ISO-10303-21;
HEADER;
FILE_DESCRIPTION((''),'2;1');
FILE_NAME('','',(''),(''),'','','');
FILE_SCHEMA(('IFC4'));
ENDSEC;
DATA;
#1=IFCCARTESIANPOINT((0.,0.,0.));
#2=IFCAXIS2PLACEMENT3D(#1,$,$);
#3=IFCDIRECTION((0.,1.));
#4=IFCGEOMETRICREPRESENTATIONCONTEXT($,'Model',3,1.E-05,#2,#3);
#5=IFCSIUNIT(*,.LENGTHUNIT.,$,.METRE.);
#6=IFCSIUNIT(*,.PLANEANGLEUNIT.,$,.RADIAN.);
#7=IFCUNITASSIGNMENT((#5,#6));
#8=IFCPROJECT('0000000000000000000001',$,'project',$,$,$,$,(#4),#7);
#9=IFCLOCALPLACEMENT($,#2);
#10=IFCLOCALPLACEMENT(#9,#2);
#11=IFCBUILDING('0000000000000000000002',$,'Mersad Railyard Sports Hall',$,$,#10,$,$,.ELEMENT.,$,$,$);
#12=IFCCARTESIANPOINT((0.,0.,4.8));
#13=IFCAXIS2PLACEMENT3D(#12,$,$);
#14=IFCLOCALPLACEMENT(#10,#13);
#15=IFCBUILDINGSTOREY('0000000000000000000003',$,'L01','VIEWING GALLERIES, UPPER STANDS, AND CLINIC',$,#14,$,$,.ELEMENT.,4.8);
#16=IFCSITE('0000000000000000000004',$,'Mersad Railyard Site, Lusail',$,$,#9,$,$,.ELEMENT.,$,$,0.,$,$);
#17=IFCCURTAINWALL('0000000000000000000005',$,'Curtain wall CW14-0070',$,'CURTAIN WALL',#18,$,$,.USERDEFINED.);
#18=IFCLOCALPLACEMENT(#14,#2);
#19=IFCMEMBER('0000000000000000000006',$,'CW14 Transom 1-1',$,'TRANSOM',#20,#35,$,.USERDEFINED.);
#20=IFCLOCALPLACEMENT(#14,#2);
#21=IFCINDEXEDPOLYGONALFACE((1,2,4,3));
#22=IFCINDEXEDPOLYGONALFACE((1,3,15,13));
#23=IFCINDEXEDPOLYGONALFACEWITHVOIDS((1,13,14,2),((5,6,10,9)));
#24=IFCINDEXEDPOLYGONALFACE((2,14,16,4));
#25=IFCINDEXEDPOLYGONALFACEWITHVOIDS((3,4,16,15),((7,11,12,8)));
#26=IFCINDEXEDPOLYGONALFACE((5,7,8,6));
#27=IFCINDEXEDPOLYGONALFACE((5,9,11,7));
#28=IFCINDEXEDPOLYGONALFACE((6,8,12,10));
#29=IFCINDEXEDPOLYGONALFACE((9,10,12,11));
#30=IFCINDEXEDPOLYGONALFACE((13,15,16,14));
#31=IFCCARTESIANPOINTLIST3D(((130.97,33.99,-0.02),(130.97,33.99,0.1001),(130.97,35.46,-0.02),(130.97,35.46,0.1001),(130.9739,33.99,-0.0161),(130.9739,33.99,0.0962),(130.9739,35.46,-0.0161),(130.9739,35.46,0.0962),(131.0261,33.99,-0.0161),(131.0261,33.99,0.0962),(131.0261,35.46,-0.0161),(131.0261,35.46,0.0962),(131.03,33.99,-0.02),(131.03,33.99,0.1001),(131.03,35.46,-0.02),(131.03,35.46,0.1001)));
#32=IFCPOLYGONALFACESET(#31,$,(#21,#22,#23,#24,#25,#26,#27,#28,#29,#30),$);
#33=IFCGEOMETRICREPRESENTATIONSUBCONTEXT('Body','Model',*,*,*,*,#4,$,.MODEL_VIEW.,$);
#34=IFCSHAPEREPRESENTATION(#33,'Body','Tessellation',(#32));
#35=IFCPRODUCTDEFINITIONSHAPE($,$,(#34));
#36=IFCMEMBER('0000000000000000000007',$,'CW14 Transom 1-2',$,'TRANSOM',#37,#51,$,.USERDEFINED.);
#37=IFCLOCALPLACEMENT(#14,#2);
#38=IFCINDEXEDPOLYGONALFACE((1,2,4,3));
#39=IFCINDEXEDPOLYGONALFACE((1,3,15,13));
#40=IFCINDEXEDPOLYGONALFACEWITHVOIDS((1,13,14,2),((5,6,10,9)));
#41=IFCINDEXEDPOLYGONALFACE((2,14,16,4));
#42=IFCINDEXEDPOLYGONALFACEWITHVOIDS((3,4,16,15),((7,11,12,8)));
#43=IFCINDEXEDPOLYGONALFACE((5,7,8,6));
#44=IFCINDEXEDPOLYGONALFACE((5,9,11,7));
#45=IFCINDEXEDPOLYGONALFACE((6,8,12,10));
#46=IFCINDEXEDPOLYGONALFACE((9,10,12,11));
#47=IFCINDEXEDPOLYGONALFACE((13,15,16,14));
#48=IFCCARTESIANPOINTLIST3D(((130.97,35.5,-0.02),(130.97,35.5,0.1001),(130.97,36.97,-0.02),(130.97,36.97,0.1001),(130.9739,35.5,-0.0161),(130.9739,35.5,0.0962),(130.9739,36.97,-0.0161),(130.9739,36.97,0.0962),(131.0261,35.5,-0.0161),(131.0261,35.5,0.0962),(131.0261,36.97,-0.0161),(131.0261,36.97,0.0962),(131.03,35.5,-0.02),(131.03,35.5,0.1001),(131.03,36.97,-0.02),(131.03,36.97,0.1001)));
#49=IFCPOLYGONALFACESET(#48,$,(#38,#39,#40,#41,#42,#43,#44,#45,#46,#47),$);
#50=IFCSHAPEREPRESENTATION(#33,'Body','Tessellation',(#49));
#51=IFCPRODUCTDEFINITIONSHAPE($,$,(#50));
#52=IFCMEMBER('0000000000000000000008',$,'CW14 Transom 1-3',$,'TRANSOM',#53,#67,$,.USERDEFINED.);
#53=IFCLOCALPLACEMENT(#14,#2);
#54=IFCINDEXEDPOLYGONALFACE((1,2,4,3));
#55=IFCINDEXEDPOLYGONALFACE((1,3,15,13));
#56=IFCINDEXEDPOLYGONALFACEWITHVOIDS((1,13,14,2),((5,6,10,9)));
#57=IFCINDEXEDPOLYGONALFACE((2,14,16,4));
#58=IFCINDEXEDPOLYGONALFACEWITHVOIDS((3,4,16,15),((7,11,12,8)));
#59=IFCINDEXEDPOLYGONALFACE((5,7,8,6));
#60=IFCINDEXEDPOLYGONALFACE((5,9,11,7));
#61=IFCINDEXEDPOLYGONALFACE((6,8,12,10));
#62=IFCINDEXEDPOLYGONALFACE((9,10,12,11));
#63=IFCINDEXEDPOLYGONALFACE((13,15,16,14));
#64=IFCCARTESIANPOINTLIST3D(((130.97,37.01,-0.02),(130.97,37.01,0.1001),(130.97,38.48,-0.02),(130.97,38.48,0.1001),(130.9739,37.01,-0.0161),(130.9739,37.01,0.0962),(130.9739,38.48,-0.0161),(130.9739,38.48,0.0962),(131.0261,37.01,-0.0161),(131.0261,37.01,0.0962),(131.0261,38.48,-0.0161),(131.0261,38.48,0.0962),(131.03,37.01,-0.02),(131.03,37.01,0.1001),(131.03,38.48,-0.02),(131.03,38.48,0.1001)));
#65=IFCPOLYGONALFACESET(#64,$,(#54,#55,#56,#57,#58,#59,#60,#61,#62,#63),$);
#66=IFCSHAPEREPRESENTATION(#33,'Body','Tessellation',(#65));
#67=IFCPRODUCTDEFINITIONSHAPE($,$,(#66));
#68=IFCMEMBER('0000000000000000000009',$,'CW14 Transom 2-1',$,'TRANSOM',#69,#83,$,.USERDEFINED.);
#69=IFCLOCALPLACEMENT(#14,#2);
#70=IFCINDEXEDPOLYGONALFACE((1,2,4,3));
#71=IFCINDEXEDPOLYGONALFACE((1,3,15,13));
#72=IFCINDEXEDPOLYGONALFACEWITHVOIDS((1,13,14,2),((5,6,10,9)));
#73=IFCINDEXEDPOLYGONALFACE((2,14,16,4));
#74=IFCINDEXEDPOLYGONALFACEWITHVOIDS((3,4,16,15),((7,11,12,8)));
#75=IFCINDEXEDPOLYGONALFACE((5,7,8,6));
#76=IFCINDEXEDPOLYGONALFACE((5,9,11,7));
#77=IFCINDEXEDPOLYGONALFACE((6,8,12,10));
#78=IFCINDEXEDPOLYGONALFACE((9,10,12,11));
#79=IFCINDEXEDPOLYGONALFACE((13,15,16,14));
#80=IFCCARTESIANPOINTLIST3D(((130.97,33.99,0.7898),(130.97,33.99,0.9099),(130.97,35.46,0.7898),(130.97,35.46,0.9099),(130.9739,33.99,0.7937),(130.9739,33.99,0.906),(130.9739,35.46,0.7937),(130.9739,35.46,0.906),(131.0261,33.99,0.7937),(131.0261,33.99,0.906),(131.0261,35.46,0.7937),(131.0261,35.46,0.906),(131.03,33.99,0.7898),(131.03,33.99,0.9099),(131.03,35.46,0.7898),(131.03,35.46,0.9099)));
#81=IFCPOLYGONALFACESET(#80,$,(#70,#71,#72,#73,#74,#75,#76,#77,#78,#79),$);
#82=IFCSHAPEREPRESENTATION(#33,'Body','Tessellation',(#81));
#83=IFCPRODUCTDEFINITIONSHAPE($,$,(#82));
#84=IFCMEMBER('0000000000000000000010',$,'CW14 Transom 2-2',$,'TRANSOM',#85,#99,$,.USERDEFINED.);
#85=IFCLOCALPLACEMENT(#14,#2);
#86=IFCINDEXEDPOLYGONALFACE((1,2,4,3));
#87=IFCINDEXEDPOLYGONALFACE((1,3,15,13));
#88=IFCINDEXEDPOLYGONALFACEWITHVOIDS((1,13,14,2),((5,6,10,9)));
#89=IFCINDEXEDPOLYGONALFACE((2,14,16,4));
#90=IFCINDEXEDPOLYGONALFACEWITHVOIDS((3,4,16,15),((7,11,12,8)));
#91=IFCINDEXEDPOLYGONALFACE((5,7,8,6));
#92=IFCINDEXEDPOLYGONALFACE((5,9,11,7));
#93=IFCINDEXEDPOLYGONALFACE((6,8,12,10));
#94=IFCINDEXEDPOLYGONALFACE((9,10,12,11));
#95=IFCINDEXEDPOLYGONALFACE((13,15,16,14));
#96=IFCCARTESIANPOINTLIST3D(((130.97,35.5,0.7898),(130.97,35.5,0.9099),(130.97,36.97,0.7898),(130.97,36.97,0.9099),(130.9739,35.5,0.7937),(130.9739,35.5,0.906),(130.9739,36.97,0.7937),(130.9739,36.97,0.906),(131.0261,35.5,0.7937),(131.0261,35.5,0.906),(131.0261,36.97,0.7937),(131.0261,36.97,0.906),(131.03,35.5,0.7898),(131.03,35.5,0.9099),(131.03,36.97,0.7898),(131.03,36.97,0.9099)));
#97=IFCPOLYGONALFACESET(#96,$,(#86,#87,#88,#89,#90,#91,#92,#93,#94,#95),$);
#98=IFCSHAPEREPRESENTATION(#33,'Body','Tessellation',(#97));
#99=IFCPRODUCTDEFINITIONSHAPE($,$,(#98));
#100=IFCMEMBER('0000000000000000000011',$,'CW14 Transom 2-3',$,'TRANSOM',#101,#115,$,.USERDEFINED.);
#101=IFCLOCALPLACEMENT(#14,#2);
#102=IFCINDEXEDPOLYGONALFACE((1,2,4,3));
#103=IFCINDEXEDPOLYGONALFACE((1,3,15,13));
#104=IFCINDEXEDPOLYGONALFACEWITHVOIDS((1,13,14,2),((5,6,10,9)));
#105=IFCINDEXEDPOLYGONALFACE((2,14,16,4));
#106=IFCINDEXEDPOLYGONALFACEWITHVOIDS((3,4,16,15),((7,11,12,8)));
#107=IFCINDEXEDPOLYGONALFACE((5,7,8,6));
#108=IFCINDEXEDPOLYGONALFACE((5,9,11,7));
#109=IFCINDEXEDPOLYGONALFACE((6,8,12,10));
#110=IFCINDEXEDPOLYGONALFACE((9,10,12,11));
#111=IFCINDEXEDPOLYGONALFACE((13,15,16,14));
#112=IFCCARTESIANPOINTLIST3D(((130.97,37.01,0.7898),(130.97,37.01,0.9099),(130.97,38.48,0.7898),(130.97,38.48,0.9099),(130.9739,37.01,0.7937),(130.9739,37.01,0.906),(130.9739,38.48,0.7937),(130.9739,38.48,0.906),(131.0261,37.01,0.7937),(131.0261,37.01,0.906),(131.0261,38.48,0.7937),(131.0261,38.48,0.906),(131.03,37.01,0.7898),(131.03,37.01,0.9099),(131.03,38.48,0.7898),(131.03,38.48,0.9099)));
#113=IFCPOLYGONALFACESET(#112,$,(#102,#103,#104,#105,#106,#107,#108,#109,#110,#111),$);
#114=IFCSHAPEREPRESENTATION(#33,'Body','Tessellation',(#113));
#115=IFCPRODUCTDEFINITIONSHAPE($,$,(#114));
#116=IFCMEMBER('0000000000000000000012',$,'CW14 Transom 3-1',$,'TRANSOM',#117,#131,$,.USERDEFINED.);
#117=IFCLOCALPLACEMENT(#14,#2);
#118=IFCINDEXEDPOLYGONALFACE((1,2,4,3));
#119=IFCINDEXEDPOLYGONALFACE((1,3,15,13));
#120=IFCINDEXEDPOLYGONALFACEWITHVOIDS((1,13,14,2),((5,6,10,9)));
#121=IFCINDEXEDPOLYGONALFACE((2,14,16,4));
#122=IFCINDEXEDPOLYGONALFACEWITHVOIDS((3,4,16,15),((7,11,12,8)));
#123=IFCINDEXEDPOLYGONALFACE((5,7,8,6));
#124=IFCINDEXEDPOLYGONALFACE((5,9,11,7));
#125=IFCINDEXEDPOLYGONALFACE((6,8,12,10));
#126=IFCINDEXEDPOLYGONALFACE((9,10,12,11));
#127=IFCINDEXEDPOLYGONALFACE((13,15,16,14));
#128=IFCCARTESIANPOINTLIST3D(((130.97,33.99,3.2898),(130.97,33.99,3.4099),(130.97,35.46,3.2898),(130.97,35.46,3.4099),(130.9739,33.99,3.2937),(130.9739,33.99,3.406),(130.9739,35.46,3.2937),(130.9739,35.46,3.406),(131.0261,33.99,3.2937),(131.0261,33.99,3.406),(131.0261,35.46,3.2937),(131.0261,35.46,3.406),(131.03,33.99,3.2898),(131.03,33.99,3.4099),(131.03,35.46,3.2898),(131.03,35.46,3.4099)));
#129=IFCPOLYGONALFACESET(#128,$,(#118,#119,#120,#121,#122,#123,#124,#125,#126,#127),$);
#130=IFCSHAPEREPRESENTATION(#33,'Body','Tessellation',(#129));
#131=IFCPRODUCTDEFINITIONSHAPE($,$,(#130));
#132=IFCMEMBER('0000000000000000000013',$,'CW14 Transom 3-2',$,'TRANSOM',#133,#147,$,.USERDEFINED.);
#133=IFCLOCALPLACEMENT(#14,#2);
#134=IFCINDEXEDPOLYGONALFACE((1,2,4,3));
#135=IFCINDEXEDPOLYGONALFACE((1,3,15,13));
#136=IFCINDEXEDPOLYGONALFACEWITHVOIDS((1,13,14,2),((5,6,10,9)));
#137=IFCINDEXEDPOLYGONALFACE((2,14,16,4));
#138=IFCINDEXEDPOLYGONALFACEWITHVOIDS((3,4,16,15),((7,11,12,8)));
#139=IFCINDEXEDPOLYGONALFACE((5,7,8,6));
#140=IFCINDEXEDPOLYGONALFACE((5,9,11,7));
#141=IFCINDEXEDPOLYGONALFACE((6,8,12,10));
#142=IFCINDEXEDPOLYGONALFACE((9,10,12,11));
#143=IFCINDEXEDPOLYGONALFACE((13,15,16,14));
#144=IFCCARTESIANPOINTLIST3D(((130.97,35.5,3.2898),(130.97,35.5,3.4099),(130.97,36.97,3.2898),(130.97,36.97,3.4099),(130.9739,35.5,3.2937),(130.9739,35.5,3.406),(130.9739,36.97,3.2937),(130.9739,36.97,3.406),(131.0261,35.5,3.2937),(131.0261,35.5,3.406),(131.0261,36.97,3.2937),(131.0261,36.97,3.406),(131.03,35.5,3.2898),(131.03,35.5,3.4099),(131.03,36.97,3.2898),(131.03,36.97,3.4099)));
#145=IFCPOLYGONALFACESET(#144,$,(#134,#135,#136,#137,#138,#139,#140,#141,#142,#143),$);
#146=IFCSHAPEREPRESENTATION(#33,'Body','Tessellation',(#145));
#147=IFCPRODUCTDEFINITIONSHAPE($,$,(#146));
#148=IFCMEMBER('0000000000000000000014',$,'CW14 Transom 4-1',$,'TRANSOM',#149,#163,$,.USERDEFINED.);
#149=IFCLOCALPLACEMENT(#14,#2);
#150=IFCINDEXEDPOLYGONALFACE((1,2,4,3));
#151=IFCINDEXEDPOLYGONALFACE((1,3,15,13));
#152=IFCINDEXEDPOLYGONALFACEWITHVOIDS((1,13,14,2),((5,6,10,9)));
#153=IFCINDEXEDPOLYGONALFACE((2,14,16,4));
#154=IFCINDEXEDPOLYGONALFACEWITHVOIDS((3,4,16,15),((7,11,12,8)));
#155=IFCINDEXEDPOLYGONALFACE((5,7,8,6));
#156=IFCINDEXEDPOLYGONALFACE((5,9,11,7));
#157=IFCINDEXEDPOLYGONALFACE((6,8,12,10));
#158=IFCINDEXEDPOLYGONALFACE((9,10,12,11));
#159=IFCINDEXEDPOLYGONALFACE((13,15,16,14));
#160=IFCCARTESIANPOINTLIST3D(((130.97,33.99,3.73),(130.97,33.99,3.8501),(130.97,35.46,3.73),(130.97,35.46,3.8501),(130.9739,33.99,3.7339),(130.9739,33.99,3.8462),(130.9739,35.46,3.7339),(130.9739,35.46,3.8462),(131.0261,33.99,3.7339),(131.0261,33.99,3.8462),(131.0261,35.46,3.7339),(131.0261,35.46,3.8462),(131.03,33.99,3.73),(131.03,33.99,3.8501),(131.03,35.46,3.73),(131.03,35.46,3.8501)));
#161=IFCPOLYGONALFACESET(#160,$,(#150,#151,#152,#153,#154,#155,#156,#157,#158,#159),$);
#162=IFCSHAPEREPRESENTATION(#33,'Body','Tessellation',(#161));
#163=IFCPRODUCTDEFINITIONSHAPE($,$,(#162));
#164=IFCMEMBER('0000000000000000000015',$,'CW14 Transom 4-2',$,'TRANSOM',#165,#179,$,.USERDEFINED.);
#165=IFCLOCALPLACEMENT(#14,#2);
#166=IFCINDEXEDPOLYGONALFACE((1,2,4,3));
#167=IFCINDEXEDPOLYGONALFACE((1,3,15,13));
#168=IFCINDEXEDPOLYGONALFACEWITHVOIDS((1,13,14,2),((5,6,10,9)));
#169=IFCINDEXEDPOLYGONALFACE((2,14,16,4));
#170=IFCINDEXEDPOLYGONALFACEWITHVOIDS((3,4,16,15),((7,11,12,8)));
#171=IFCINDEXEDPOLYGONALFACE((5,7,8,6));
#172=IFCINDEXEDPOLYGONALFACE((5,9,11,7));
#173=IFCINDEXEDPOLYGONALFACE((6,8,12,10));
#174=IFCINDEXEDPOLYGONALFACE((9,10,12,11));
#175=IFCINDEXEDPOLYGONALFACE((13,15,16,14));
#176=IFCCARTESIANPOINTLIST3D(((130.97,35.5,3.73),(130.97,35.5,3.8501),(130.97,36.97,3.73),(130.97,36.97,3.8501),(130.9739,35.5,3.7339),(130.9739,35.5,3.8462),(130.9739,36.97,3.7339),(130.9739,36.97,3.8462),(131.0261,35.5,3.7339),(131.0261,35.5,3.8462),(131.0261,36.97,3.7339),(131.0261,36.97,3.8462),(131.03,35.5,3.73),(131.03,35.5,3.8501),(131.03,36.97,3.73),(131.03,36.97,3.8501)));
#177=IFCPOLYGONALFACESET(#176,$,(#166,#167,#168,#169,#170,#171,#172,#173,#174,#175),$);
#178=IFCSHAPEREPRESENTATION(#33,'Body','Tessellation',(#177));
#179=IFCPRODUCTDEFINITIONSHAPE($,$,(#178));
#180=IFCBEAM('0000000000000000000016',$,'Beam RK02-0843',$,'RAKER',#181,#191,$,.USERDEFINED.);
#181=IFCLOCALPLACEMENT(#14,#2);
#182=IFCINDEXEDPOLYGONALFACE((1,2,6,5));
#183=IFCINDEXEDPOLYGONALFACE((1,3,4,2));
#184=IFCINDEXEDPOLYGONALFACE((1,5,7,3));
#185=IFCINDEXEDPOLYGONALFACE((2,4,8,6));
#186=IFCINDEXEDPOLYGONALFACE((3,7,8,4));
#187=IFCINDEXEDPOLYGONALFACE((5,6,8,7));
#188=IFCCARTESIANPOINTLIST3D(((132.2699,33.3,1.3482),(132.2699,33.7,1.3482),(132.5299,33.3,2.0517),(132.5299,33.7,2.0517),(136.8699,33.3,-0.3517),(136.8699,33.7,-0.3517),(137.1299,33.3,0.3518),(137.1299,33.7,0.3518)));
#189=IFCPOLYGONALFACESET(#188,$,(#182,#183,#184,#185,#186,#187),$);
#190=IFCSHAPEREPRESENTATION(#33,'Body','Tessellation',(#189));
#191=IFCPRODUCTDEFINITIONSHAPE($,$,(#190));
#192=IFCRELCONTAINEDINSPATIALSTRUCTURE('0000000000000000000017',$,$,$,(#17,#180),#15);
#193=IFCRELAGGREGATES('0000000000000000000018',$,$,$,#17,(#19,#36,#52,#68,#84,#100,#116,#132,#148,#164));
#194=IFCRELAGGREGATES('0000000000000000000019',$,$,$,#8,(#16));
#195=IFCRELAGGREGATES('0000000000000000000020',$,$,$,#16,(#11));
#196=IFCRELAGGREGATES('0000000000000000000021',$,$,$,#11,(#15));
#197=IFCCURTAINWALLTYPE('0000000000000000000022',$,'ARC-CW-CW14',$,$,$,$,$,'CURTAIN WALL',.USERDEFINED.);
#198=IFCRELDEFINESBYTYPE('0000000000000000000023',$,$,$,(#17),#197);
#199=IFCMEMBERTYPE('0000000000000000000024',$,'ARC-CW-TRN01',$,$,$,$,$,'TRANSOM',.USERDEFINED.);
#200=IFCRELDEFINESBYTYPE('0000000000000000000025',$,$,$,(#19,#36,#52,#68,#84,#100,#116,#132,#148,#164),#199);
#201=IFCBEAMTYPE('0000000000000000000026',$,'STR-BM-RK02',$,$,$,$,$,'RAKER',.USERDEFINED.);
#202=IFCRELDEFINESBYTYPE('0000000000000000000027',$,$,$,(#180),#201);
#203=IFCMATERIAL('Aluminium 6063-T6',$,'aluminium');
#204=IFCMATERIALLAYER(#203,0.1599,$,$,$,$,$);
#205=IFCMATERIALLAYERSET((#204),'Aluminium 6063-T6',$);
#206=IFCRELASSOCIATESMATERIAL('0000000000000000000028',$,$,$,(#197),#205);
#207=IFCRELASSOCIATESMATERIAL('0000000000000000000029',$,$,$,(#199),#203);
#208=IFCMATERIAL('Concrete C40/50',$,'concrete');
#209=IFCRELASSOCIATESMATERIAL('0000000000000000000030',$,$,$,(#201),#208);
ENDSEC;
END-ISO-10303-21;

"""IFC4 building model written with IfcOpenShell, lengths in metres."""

from ifc_helpers import new_model, si_unit, direction, frame, origin, origin_2d, place, context, subcontext, project, spatial, rectangle, hollow_rectangle, extrude, material, layer, layer_set, material_profile, profile_set, type_object, element, aggregate, save


model = new_model("IFC4")

# Units and contexts
model_context = context("Model", 3, precision=1e-05, world=origin(), true_north=direction((0.0, 1.0)))
body_context = subcontext(model_context, "Body", "Model", "MODEL_VIEW")
ifc_project = project(units=[si_unit("LENGTHUNIT", "METRE"), si_unit("PLANEANGLEUNIT", "RADIAN")], contexts=[model_context])

# Site, building, storey
site_placement = place(None, origin())
site = spatial("IfcSite", under=ifc_project, at=site_placement, Name="Mersad Railyard Site, Lusail", CompositionType="ELEMENT", RefElevation=0.0)
building_placement = place(site_placement, origin())
building = spatial("IfcBuilding", under=site, at=building_placement, Name="Mersad Railyard Sports Hall", CompositionType="ELEMENT")
storey_placement = place(building_placement, frame((0.0, 0.0, 4.8)))
storey = spatial("IfcBuildingStorey", under=building, at=storey_placement, Name="L01", Description="VIEWING GALLERIES, UPPER STANDS, AND CLINIC", CompositionType="ELEMENT", Elevation=4.8)

# Shared definitions
ifc_material_1 = material(Name="Concrete C40/50", Category="concrete")

# Curtain wall
ifc_material_2 = material(Name="Aluminium 6063-T6", Category="aluminium")
ifc_layer_1 = layer(ifc_material_2, 0.1599)
ifc_layer_set_1 = layer_set([ifc_layer_1], Name="Aluminium 6063-T6")
curtain_wall_type_1 = type_object("IfcCurtainWallType", Name="ARC-CW-CW14", ElementType="CURTAIN WALL", PredefinedType="USERDEFINED", material=ifc_layer_set_1)
curtain_wall_1_placement = place(storey_placement, origin())
curtain_wall_1 = element("IfcCurtainWall", 1, at=curtain_wall_1_placement, inside=storey, type_object=curtain_wall_type_1, Name="Curtain wall CW14-0070", ObjectType="CURTAIN WALL", PredefinedType="USERDEFINED")

# Members
ifc_material_profile_1 = material_profile(ifc_material_2, hollow_rectangle(XDim=0.0601, YDim=0.1201, WallThickness=0.0039, at=origin_2d()), Name="AL TRANSOM 60x120x4")
ifc_profile_set_1 = profile_set([ifc_material_profile_1], Name="Aluminium 6063-T6")
member_type_1 = type_object("IfcMemberType", Name="ARC-CW-TRN01", ElementType="TRANSOM", PredefinedType="USERDEFINED", material=ifc_profile_set_1)
member_1_placement = place(storey_placement, frame((131.0, 33.99, 0.04), z_axis=(0.0, 1.0, 0.0), x_axis=(-1.0, 0.0, 0.0)))
member_1 = element("IfcMember", 2, at=member_1_placement, type_object=member_type_1, Name="CW14 Transom 1-1", ObjectType="TRANSOM", PredefinedType="USERDEFINED", context=body_context, shape_type="SweptSolid", body=[
    extrude(hollow_rectangle(XDim=0.0601, YDim=0.1201, WallThickness=0.0039, at=origin_2d()), origin(), (0.0, 0.0, 1.0), 1.47),
])
member_2_placement = place(storey_placement, frame((131.0, 35.5, 0.04), z_axis=(0.0, 1.0, 0.0), x_axis=(-1.0, 0.0, 0.0)))
member_2 = element("IfcMember", 3, at=member_2_placement, type_object=member_type_1, Name="CW14 Transom 1-2", ObjectType="TRANSOM", PredefinedType="USERDEFINED", context=body_context, shape_type="SweptSolid", body=[
    extrude(hollow_rectangle(XDim=0.0601, YDim=0.1201, WallThickness=0.0039, at=origin_2d()), origin(), (0.0, 0.0, 1.0), 1.47),
])
member_3_placement = place(storey_placement, frame((131.0, 37.01, 0.04), z_axis=(0.0, 1.0, 0.0), x_axis=(-1.0, 0.0, 0.0)))
member_3 = element("IfcMember", 4, at=member_3_placement, type_object=member_type_1, Name="CW14 Transom 1-3", ObjectType="TRANSOM", PredefinedType="USERDEFINED", context=body_context, shape_type="SweptSolid", body=[
    extrude(hollow_rectangle(XDim=0.0601, YDim=0.1201, WallThickness=0.0039, at=origin_2d()), origin(), (0.0, 0.0, 1.0), 1.47),
])
member_4_placement = place(storey_placement, frame((131.0, 33.99, 0.8499), z_axis=(0.0, 1.0, 0.0), x_axis=(-1.0, 0.0, 0.0)))
member_4 = element("IfcMember", 5, at=member_4_placement, type_object=member_type_1, Name="CW14 Transom 2-1", ObjectType="TRANSOM", PredefinedType="USERDEFINED", context=body_context, shape_type="SweptSolid", body=[
    extrude(hollow_rectangle(XDim=0.0601, YDim=0.1201, WallThickness=0.0039, at=origin_2d()), origin(), (0.0, 0.0, 1.0), 1.47),
])
member_5_placement = place(storey_placement, frame((131.0, 35.5, 0.8499), z_axis=(0.0, 1.0, 0.0), x_axis=(-1.0, 0.0, 0.0)))
member_5 = element("IfcMember", 6, at=member_5_placement, type_object=member_type_1, Name="CW14 Transom 2-2", ObjectType="TRANSOM", PredefinedType="USERDEFINED", context=body_context, shape_type="SweptSolid", body=[
    extrude(hollow_rectangle(XDim=0.0601, YDim=0.1201, WallThickness=0.0039, at=origin_2d()), origin(), (0.0, 0.0, 1.0), 1.47),
])
member_6_placement = place(storey_placement, frame((131.0, 37.01, 0.8499), z_axis=(0.0, 1.0, 0.0), x_axis=(-1.0, 0.0, 0.0)))
member_6 = element("IfcMember", 7, at=member_6_placement, type_object=member_type_1, Name="CW14 Transom 2-3", ObjectType="TRANSOM", PredefinedType="USERDEFINED", context=body_context, shape_type="SweptSolid", body=[
    extrude(hollow_rectangle(XDim=0.0601, YDim=0.1201, WallThickness=0.0039, at=origin_2d()), origin(), (0.0, 0.0, 1.0), 1.47),
])
member_7_placement = place(storey_placement, frame((131.0, 33.99, 3.3499), z_axis=(0.0, 1.0, 0.0), x_axis=(-1.0, 0.0, 0.0)))
member_7 = element("IfcMember", 8, at=member_7_placement, type_object=member_type_1, Name="CW14 Transom 3-1", ObjectType="TRANSOM", PredefinedType="USERDEFINED", context=body_context, shape_type="SweptSolid", body=[
    extrude(hollow_rectangle(XDim=0.0601, YDim=0.1201, WallThickness=0.0039, at=origin_2d()), origin(), (0.0, 0.0, 1.0), 1.47),
])
member_8_placement = place(storey_placement, frame((131.0, 35.5, 3.3499), z_axis=(0.0, 1.0, 0.0), x_axis=(-1.0, 0.0, 0.0)))
member_8 = element("IfcMember", 9, at=member_8_placement, type_object=member_type_1, Name="CW14 Transom 3-2", ObjectType="TRANSOM", PredefinedType="USERDEFINED", context=body_context, shape_type="SweptSolid", body=[
    extrude(hollow_rectangle(XDim=0.0601, YDim=0.1201, WallThickness=0.0039, at=origin_2d()), origin(), (0.0, 0.0, 1.0), 1.47),
])
member_9_placement = place(storey_placement, frame((131.0, 33.99, 3.79), z_axis=(0.0, 1.0, 0.0), x_axis=(-1.0, 0.0, 0.0)))
member_9 = element("IfcMember", 10, at=member_9_placement, type_object=member_type_1, Name="CW14 Transom 4-1", ObjectType="TRANSOM", PredefinedType="USERDEFINED", context=body_context, shape_type="SweptSolid", body=[
    extrude(hollow_rectangle(XDim=0.0601, YDim=0.1201, WallThickness=0.0039, at=origin_2d()), origin(), (0.0, 0.0, 1.0), 1.47),
])
member_10_placement = place(storey_placement, frame((131.0, 35.5, 3.79), z_axis=(0.0, 1.0, 0.0), x_axis=(-1.0, 0.0, 0.0)))
member_10 = element("IfcMember", 11, at=member_10_placement, type_object=member_type_1, Name="CW14 Transom 4-2", ObjectType="TRANSOM", PredefinedType="USERDEFINED", context=body_context, shape_type="SweptSolid", body=[
    extrude(hollow_rectangle(XDim=0.0601, YDim=0.1201, WallThickness=0.0039, at=origin_2d()), origin(), (0.0, 0.0, 1.0), 1.47),
])

# Beam
ifc_material_profile_2 = material_profile(ifc_material_1, rectangle(XDim=0.3999, YDim=0.75, at=origin_2d()), Name="RC 400x750")
ifc_profile_set_2 = profile_set([ifc_material_profile_2], Name="Concrete C40/50")
beam_type_1 = type_object("IfcBeamType", Name="STR-BM-RK02", ElementType="RAKER", PredefinedType="USERDEFINED", material=ifc_profile_set_2)
beam_1_placement = place(storey_placement, frame((132.3999, 33.5, 1.7), z_axis=(0.938, 0.0, -0.346635), x_axis=(0.0, 1.0, 0.0)))
element("IfcBeam", 12, at=beam_1_placement, inside=storey, type_object=beam_type_1, Name="Beam RK02-0843", ObjectType="RAKER", PredefinedType="USERDEFINED", context=body_context, shape_type="SweptSolid", body=[
    extrude(rectangle(XDim=0.3999, YDim=0.75, at=origin_2d()), origin(), (0.0, 0.0, 1.0), 4.9041),
])

aggregate(curtain_wall_1, [member_1, member_2, member_3, member_4, member_5, member_6, member_7, member_8, member_9, member_10])

save(model, "model.ifc")
